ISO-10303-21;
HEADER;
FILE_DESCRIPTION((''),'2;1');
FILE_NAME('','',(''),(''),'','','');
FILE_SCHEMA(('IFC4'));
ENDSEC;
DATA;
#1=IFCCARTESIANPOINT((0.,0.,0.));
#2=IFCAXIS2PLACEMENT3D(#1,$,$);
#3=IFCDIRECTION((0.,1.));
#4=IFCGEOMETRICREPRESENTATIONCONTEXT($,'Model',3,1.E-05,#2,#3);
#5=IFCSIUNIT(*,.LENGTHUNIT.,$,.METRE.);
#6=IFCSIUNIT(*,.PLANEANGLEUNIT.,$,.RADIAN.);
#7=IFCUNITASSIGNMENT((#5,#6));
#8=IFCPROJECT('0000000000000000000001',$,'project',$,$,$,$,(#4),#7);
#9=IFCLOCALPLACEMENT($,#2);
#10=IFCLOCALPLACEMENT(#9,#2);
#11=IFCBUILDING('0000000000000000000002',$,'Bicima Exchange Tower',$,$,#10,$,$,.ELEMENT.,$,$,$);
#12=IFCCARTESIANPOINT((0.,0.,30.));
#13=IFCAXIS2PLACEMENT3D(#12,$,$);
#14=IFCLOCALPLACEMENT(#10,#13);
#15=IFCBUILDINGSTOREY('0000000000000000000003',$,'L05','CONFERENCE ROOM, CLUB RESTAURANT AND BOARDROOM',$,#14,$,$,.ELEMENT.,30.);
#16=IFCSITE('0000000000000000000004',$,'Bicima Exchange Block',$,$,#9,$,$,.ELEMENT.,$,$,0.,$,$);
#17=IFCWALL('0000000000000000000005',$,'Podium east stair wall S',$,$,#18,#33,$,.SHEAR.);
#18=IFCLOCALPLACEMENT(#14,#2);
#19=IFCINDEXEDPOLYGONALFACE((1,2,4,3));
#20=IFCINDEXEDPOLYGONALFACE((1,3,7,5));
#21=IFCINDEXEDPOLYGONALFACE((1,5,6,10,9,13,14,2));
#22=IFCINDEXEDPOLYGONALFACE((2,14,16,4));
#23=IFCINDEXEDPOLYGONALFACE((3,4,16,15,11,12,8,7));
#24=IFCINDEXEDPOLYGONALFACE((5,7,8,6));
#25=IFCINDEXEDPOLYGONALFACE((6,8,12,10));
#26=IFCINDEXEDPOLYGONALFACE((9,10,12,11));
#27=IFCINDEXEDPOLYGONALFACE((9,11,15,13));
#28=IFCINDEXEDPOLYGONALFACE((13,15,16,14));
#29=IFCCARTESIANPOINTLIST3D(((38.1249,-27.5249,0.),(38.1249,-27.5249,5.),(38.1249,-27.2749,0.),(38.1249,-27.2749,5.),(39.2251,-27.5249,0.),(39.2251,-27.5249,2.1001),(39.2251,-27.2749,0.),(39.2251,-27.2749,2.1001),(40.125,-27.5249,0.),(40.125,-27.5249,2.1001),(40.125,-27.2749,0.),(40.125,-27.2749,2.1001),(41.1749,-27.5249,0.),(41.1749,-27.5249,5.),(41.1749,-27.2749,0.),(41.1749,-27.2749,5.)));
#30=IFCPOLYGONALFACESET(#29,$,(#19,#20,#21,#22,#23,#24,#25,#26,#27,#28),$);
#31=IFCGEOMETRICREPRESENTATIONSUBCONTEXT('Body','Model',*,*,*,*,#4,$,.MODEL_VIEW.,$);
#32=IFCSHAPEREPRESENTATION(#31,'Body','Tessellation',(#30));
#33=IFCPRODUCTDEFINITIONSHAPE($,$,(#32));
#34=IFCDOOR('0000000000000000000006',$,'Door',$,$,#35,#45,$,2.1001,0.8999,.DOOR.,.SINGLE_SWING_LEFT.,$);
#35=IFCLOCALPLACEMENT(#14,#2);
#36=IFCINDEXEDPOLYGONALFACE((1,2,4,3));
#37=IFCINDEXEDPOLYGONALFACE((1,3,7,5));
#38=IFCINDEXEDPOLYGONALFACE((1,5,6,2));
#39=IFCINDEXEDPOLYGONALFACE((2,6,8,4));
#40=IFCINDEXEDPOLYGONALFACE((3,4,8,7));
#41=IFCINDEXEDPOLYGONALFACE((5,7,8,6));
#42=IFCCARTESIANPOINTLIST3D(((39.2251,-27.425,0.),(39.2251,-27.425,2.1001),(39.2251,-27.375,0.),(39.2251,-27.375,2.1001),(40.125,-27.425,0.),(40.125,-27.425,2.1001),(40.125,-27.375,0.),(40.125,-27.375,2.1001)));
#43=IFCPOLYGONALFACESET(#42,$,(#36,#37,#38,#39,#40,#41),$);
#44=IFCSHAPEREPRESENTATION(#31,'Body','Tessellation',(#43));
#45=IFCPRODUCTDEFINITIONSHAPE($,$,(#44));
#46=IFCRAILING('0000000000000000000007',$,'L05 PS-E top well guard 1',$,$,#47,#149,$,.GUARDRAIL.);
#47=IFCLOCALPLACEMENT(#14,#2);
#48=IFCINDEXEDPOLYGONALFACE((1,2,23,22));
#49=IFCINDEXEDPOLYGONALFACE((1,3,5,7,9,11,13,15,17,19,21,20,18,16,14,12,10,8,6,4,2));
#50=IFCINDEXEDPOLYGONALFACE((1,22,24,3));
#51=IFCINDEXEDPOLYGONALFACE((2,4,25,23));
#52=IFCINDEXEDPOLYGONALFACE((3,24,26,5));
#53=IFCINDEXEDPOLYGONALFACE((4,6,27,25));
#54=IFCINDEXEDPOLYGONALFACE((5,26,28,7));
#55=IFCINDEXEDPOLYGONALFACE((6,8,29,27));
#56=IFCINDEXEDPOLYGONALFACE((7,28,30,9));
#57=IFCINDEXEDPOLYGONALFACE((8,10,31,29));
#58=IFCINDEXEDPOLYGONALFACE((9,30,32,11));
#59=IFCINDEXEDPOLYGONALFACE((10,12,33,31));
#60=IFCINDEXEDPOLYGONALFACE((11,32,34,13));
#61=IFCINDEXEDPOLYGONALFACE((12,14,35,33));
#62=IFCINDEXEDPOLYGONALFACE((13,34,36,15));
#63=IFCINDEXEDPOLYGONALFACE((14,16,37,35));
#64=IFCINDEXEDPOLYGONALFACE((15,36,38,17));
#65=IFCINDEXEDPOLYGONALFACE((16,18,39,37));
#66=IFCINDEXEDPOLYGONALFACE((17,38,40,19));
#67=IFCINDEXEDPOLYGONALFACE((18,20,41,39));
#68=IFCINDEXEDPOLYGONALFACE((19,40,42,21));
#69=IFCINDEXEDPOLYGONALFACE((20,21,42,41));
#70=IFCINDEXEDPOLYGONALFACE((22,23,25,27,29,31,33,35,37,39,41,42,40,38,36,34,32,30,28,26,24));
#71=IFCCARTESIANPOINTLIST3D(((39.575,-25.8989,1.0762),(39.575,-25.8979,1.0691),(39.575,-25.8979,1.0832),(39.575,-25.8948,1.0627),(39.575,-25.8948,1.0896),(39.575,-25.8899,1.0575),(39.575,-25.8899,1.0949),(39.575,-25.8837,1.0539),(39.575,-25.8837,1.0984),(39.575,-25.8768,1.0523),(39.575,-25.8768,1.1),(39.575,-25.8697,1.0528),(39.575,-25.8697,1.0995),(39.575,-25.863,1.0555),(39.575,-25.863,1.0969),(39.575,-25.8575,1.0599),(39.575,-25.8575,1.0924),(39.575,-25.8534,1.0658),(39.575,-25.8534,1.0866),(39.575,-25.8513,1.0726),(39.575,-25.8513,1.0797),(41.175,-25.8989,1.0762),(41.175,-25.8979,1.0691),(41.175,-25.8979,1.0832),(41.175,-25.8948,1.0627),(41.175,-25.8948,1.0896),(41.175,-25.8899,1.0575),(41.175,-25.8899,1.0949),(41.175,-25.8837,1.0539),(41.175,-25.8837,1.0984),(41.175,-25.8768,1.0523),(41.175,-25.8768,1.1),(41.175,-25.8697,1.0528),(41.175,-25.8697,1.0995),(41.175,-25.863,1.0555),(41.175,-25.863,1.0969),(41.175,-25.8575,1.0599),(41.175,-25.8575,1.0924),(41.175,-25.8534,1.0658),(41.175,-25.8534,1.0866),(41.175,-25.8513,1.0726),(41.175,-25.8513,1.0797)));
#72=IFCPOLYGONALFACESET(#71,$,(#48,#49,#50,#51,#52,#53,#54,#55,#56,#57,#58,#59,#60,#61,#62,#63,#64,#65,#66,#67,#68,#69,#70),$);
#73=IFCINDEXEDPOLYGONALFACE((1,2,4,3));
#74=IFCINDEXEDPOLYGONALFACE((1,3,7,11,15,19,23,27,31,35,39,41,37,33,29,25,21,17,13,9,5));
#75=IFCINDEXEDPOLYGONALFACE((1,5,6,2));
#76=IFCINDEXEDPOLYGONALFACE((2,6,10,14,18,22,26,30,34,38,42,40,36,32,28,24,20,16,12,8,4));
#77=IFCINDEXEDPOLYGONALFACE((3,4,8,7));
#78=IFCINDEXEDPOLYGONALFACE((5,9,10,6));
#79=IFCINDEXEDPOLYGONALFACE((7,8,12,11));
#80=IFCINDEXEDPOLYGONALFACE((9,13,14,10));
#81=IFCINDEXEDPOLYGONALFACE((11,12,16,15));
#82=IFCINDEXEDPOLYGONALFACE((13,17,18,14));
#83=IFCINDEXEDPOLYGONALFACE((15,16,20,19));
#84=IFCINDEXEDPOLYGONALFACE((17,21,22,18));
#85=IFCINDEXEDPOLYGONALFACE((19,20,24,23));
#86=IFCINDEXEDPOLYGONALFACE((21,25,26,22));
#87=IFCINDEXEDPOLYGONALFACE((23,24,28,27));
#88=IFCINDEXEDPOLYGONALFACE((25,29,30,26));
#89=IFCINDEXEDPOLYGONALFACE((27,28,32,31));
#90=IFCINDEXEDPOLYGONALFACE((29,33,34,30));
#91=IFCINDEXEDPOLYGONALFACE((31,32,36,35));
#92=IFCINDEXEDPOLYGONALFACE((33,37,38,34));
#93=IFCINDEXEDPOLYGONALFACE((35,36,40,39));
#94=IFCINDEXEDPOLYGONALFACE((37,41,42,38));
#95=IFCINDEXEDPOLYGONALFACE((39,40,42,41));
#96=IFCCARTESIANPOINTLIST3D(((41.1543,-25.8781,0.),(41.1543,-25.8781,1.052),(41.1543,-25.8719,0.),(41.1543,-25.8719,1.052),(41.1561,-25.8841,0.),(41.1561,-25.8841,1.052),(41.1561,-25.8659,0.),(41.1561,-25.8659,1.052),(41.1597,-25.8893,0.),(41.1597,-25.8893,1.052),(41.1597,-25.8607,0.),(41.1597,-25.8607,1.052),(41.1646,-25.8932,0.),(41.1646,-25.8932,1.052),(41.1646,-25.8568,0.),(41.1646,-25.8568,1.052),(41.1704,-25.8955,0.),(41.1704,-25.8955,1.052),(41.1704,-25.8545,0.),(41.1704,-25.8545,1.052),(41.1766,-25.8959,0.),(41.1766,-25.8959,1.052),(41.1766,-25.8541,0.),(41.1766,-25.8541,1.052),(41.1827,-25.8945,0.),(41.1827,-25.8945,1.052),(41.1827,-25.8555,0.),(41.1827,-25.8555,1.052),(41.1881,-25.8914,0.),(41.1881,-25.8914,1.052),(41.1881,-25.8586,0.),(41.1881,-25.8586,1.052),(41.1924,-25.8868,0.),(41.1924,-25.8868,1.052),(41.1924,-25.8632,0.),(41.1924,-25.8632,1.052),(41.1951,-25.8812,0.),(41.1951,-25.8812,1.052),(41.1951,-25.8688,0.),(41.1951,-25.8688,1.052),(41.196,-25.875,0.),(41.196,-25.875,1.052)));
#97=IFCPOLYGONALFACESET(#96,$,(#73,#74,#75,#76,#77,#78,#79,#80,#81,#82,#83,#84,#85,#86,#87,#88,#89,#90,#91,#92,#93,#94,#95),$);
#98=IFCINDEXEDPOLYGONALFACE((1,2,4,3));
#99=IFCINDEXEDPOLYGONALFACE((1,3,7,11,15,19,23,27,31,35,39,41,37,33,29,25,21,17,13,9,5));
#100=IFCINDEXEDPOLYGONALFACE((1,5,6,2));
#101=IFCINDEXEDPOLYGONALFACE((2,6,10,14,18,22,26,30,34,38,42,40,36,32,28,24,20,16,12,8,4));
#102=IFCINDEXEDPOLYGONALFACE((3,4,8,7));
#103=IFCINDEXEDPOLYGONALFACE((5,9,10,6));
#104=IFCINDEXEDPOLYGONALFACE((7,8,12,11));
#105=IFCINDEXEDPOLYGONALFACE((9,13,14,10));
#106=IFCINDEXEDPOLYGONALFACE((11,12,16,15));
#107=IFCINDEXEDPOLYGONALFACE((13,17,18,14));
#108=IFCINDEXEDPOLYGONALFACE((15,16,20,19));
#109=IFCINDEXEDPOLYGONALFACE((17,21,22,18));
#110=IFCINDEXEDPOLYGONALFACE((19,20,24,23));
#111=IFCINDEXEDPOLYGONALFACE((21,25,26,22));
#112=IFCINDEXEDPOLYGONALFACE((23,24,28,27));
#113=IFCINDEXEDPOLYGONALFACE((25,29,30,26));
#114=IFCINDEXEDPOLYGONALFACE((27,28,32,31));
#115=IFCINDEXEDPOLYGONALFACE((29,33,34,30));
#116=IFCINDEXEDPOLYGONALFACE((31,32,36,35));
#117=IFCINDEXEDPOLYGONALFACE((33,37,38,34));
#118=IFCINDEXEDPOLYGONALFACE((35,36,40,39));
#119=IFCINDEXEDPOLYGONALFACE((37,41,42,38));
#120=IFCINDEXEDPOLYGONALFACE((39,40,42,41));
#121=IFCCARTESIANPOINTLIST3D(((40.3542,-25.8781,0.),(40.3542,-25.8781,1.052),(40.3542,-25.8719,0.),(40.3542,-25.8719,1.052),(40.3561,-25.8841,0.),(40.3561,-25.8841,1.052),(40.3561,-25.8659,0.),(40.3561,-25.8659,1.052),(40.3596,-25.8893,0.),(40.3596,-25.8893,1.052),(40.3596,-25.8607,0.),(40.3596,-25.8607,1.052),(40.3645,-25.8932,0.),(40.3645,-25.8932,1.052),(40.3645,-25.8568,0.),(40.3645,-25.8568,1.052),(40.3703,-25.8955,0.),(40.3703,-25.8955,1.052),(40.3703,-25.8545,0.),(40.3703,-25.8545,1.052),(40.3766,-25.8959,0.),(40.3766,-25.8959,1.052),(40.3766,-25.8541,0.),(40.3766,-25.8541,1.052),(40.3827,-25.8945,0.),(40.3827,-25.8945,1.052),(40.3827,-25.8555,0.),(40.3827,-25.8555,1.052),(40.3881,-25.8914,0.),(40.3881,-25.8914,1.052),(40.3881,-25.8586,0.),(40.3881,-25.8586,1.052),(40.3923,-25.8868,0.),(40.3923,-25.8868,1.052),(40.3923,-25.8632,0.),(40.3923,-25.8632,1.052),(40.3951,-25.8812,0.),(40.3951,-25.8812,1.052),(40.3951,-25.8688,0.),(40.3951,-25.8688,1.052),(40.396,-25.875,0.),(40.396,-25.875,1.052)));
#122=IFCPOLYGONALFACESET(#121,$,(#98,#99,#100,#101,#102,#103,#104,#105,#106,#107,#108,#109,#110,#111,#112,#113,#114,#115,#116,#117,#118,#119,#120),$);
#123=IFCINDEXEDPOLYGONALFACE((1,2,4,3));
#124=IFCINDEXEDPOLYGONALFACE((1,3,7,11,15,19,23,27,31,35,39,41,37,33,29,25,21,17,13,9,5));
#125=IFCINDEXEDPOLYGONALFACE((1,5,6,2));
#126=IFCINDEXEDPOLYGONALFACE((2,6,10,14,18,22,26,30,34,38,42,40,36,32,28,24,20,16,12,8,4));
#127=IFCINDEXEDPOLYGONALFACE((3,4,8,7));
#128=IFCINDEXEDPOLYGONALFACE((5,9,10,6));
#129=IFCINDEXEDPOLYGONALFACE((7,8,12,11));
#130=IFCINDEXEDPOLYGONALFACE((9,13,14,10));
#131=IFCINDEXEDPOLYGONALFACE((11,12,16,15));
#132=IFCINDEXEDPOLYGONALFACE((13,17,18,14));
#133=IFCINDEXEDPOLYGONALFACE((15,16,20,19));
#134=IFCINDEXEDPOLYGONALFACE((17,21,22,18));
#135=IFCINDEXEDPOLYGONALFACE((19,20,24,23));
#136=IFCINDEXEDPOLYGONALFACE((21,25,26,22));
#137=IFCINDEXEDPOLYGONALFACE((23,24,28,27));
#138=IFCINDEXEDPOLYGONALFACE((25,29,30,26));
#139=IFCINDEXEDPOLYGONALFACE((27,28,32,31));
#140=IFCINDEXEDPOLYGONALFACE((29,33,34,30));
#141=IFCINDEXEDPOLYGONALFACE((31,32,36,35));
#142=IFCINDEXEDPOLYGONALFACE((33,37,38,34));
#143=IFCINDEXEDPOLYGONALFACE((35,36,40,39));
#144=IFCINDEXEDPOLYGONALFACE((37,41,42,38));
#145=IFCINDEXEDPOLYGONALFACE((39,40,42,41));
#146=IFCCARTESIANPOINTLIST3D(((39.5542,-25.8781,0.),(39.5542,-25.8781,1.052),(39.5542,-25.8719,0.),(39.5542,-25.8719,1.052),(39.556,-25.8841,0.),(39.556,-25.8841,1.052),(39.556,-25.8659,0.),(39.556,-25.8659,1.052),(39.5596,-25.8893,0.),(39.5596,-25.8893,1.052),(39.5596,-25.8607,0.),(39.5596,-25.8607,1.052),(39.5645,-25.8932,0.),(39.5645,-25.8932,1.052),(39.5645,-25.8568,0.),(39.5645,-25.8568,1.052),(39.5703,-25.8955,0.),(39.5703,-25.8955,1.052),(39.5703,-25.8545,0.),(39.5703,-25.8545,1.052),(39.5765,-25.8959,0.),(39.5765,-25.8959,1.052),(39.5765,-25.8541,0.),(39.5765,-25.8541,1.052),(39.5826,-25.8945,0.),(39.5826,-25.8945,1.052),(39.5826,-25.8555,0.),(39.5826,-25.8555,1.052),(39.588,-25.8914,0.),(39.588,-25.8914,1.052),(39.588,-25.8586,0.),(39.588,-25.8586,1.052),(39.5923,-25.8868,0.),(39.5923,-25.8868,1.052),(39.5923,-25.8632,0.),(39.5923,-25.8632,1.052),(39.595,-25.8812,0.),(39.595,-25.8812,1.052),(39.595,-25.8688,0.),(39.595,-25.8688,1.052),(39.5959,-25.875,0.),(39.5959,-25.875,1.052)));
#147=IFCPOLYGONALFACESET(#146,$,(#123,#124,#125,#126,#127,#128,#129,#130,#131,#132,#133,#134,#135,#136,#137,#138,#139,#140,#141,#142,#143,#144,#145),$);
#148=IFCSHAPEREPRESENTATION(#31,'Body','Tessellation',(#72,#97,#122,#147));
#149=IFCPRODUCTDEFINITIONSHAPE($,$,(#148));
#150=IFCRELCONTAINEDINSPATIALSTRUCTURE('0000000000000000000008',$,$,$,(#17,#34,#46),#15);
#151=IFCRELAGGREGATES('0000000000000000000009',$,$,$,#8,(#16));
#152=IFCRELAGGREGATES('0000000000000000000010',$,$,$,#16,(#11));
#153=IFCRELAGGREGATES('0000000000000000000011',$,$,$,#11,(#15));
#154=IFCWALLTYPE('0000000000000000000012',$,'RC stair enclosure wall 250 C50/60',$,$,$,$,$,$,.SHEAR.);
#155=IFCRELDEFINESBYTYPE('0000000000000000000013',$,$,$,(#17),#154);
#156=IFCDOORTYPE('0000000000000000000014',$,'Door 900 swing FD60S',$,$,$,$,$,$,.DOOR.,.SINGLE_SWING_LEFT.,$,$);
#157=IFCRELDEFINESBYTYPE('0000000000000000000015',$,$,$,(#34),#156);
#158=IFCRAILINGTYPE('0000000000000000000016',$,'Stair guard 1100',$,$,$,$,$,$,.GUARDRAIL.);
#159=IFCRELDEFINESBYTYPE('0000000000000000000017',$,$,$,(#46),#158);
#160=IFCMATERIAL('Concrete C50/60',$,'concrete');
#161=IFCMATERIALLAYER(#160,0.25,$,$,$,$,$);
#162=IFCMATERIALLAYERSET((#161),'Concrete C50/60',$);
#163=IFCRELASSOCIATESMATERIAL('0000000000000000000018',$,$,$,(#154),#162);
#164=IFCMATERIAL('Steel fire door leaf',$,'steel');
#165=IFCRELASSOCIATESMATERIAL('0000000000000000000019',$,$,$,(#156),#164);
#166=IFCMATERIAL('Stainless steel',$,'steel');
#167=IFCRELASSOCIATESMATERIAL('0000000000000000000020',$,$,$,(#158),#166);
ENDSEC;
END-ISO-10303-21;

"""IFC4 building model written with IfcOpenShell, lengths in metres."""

from ifc_helpers import new_model, si_unit, direction, frame, frame_2d, origin, origin_2d, place, context, subcontext, project, spatial, rectangle, circle, extrude, material, layer, layer_set, type_object, element, fill, save


model = new_model("IFC4")

# Units and contexts
model_context = context("Model", 3, precision=1e-05, world=origin(), true_north=direction((0.0, 1.0)))
body_context = subcontext(model_context, "Body", "Model", "MODEL_VIEW")
ifc_project = project(units=[si_unit("LENGTHUNIT", "METRE"), si_unit("PLANEANGLEUNIT", "RADIAN")], contexts=[model_context])

# Site, building, storey
site_placement = place(None, origin())
site = spatial("IfcSite", under=ifc_project, at=site_placement, Name="Bicima Exchange Block", CompositionType="ELEMENT", RefElevation=0.0)
building_placement = place(site_placement, origin())
building = spatial("IfcBuilding", under=site, at=building_placement, Name="Bicima Exchange Tower", CompositionType="ELEMENT")
storey_placement = place(building_placement, frame((0.0, 0.0, 30.0)))
storey = spatial("IfcBuildingStorey", under=building, at=storey_placement, Name="L05", Description="CONFERENCE ROOM, CLUB RESTAURANT AND BOARDROOM", CompositionType="ELEMENT", Elevation=30.0)

# Shared definitions
ifc_material_1 = material(Name="Concrete C50/60", Category="concrete")
ifc_layer_1 = layer(ifc_material_1, 0.25)
ifc_layer_set_1 = layer_set([ifc_layer_1], Name="Concrete C50/60")
wall_type_1 = type_object("IfcWallType", Name="RC stair enclosure wall 250 C50/60", PredefinedType="SHEAR", material=ifc_layer_set_1)

# Wall, opening, door
wall_1_placement = place(storey_placement, frame((38.125, -27.3999, 0.0), z_axis=(0.0, 0.0, 1.0), x_axis=(1.0, 0.0, 0.0)))
wall_1 = element("IfcWall", 1, at=wall_1_placement, inside=storey, type_object=wall_type_1, Name="Podium east stair wall S", PredefinedType="SHEAR", context=body_context, shape_type="SweptSolid", body=[
    extrude(rectangle(XDim=3.05, YDim=0.25, at=frame_2d((1.5249, 0.0))), origin(), (0.0, 0.0, 1.0), 5.0),
])
opening_placement = place(wall_1_placement, frame((1.1001, 0.0, 0.0)))
opening = element("IfcOpeningElement", 2, at=opening_placement, cuts=wall_1, PredefinedType="OPENING", context=body_context, shape_type="SweptSolid", body=[
    extrude(rectangle(XDim=0.8999, YDim=2.1001, at=frame_2d((0.45, 1.05))), frame((0.0, 0.137, 0.0), z_axis=(0.0, -1.0, 0.0), x_axis=(1.0, 0.0, 0.0)), (0.0, 0.0, 1.0), 0.2739),
])
ifc_material_2 = material(Name="Steel fire door leaf", Category="steel")
door_type = type_object("IfcDoorType", Name="Door 900 swing FD60S", OperationType="SINGLE_SWING_LEFT", PredefinedType="DOOR", material=ifc_material_2)
door_placement = place(opening_placement, origin())
door = element("IfcDoor", 3, at=door_placement, inside=storey, type_object=door_type, Name="Door", OperationType="SINGLE_SWING_LEFT", OverallHeight=2.1001, OverallWidth=0.8999, PredefinedType="DOOR", context=body_context, shape_type="SweptSolid", body=[
    extrude(rectangle(XDim=0.8999, YDim=2.1001, at=frame_2d((0.45, 1.05))), frame((0.0, 0.0249, 0.0), z_axis=(0.0, -1.0, 0.0), x_axis=(1.0, 0.0, 0.0)), (0.0, 0.0, 1.0), 0.05),
])
fill(opening, door)

# Railing
ifc_material_3 = material(Name="Stainless steel", Category="steel")
railing_type = type_object("IfcRailingType", Name="Stair guard 1100", PredefinedType="GUARDRAIL", material=ifc_material_3)
railing_placement = place(storey_placement, frame((41.175, -25.875, 0.0)))
element("IfcRailing", 4, at=railing_placement, inside=storey, type_object=railing_type, Name="L05 PS-E top well guard 1", PredefinedType="GUARDRAIL", context=body_context, shape_type="SweptSolid", body=[
    extrude(circle(Radius=0.0239, at=origin_2d()), frame((0.0, 0.0, 1.0762), z_axis=(-1.0, 0.0, 0.0), x_axis=(0.0, -1.0, 0.0)), (0.0, 0.0, 1.0), 1.6001),
    extrude(circle(Radius=0.021, at=origin_2d()), origin(), (0.0, 0.0, 1.0), 1.052),
    extrude(circle(Radius=0.021, at=origin_2d()), frame((-0.8, 0.0, 0.0)), (0.0, 0.0, 1.0), 1.052),
    extrude(circle(Radius=0.021, at=origin_2d()), frame((-1.6001, 0.0, 0.0)), (0.0, 0.0, 1.0), 1.052),
])

save(model, "model.ifc")
